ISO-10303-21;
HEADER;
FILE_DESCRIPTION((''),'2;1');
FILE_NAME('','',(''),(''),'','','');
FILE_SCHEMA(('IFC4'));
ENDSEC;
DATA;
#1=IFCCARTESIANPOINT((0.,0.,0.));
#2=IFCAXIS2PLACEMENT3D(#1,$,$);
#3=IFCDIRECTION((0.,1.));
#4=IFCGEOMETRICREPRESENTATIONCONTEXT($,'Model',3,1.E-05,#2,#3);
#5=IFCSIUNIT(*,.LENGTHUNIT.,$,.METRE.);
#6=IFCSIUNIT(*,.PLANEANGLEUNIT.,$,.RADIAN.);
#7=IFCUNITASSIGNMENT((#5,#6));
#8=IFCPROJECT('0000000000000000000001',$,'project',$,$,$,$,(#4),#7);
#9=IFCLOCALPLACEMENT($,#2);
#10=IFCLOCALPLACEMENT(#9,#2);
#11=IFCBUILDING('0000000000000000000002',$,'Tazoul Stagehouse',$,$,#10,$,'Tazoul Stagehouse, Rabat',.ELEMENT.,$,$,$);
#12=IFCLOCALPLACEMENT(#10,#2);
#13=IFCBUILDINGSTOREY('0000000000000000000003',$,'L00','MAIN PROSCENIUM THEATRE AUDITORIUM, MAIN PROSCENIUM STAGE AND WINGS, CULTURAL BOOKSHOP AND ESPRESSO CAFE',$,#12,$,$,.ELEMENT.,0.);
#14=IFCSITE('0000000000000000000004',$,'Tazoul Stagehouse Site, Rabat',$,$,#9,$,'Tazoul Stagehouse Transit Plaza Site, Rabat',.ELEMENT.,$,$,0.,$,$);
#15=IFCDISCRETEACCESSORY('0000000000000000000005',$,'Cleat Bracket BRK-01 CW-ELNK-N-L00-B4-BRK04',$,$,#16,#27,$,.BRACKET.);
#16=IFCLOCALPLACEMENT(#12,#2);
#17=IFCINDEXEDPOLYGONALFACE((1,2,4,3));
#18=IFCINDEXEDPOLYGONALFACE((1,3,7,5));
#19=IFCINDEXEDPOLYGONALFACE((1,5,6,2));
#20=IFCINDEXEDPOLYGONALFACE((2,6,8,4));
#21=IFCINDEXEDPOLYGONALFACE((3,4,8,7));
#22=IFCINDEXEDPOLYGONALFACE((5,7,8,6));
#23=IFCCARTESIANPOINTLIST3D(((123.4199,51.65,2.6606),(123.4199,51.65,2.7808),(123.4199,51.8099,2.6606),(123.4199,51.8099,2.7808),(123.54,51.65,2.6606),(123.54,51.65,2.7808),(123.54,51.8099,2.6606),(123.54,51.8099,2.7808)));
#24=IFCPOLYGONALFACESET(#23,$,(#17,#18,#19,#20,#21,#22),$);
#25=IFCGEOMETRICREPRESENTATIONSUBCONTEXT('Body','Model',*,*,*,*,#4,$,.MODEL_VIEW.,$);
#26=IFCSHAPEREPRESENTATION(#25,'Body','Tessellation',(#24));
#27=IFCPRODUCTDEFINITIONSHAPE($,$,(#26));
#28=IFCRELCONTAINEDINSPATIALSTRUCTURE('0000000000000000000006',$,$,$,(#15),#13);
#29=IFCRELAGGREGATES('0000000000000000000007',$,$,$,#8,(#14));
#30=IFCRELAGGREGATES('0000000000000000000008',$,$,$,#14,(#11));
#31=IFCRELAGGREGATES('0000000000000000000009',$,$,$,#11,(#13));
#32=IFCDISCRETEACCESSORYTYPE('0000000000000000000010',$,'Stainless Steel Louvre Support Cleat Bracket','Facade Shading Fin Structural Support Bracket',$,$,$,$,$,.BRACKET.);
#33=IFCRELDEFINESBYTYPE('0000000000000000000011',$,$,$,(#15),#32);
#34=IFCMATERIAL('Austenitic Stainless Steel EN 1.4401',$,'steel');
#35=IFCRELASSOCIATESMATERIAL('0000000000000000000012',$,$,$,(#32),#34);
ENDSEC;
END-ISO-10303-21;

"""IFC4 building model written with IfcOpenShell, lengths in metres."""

from ifc_helpers import new_model, si_unit, direction, frame, origin, origin_2d, place, context, subcontext, project, spatial, rectangle, extrude, material, type_object, element, save


model = new_model("IFC4")

# Units and contexts
model_context = context("Model", 3, precision=1e-05, world=origin(), true_north=direction((0.0, 1.0)))
body_context = subcontext(model_context, "Body", "Model", "MODEL_VIEW")
ifc_project = project(units=[si_unit("LENGTHUNIT", "METRE"), si_unit("PLANEANGLEUNIT", "RADIAN")], contexts=[model_context])

# Site, building, storey
site_placement = place(None, origin())
site = spatial("IfcSite", under=ifc_project, at=site_placement, Name="Tazoul Stagehouse Site, Rabat", LongName="Tazoul Stagehouse Transit Plaza Site, Rabat", CompositionType="ELEMENT", RefElevation=0.0)
building_placement = place(site_placement, origin())
building = spatial("IfcBuilding", under=site, at=building_placement, Name="Tazoul Stagehouse", LongName="Tazoul Stagehouse, Rabat", CompositionType="ELEMENT")
storey_placement = place(building_placement, origin())
storey = spatial("IfcBuildingStorey", under=building, at=storey_placement, Name="L00", Description="MAIN PROSCENIUM THEATRE AUDITORIUM, MAIN PROSCENIUM STAGE AND WINGS, CULTURAL BOOKSHOP AND ESPRESSO CAFE", CompositionType="ELEMENT", Elevation=0.0)

# Discrete accessory
ifc_material_1 = material(Name="Austenitic Stainless Steel EN 1.4401", Category="steel")
discrete_accessory_type = type_object("IfcDiscreteAccessoryType", Name="Stainless Steel Louvre Support Cleat Bracket", Description="Facade Shading Fin Structural Support Bracket", PredefinedType="BRACKET", material=ifc_material_1)
for number, where, z_axis, x_axis, name in (
    (1, (123.48, 51.73, 2.6606), (0.0, 0.0, 1.0), (1.0, 0.0, 0.0), "Cleat Bracket BRK-01 CW-ELNK-N-L00-B4-BRK04"),
):
    element("IfcDiscreteAccessory", number, at=place(storey_placement, frame(where, z_axis=z_axis, x_axis=x_axis)), inside=storey, type_object=discrete_accessory_type, Name=name, PredefinedType="BRACKET", context=body_context, shape_type="SweptSolid", body=[
        extrude(rectangle(XDim=0.1201, YDim=0.1599, at=origin_2d()), origin(), (0.0, 0.0, 1.0), 0.1201),
    ])

save(model, "model.ifc")
